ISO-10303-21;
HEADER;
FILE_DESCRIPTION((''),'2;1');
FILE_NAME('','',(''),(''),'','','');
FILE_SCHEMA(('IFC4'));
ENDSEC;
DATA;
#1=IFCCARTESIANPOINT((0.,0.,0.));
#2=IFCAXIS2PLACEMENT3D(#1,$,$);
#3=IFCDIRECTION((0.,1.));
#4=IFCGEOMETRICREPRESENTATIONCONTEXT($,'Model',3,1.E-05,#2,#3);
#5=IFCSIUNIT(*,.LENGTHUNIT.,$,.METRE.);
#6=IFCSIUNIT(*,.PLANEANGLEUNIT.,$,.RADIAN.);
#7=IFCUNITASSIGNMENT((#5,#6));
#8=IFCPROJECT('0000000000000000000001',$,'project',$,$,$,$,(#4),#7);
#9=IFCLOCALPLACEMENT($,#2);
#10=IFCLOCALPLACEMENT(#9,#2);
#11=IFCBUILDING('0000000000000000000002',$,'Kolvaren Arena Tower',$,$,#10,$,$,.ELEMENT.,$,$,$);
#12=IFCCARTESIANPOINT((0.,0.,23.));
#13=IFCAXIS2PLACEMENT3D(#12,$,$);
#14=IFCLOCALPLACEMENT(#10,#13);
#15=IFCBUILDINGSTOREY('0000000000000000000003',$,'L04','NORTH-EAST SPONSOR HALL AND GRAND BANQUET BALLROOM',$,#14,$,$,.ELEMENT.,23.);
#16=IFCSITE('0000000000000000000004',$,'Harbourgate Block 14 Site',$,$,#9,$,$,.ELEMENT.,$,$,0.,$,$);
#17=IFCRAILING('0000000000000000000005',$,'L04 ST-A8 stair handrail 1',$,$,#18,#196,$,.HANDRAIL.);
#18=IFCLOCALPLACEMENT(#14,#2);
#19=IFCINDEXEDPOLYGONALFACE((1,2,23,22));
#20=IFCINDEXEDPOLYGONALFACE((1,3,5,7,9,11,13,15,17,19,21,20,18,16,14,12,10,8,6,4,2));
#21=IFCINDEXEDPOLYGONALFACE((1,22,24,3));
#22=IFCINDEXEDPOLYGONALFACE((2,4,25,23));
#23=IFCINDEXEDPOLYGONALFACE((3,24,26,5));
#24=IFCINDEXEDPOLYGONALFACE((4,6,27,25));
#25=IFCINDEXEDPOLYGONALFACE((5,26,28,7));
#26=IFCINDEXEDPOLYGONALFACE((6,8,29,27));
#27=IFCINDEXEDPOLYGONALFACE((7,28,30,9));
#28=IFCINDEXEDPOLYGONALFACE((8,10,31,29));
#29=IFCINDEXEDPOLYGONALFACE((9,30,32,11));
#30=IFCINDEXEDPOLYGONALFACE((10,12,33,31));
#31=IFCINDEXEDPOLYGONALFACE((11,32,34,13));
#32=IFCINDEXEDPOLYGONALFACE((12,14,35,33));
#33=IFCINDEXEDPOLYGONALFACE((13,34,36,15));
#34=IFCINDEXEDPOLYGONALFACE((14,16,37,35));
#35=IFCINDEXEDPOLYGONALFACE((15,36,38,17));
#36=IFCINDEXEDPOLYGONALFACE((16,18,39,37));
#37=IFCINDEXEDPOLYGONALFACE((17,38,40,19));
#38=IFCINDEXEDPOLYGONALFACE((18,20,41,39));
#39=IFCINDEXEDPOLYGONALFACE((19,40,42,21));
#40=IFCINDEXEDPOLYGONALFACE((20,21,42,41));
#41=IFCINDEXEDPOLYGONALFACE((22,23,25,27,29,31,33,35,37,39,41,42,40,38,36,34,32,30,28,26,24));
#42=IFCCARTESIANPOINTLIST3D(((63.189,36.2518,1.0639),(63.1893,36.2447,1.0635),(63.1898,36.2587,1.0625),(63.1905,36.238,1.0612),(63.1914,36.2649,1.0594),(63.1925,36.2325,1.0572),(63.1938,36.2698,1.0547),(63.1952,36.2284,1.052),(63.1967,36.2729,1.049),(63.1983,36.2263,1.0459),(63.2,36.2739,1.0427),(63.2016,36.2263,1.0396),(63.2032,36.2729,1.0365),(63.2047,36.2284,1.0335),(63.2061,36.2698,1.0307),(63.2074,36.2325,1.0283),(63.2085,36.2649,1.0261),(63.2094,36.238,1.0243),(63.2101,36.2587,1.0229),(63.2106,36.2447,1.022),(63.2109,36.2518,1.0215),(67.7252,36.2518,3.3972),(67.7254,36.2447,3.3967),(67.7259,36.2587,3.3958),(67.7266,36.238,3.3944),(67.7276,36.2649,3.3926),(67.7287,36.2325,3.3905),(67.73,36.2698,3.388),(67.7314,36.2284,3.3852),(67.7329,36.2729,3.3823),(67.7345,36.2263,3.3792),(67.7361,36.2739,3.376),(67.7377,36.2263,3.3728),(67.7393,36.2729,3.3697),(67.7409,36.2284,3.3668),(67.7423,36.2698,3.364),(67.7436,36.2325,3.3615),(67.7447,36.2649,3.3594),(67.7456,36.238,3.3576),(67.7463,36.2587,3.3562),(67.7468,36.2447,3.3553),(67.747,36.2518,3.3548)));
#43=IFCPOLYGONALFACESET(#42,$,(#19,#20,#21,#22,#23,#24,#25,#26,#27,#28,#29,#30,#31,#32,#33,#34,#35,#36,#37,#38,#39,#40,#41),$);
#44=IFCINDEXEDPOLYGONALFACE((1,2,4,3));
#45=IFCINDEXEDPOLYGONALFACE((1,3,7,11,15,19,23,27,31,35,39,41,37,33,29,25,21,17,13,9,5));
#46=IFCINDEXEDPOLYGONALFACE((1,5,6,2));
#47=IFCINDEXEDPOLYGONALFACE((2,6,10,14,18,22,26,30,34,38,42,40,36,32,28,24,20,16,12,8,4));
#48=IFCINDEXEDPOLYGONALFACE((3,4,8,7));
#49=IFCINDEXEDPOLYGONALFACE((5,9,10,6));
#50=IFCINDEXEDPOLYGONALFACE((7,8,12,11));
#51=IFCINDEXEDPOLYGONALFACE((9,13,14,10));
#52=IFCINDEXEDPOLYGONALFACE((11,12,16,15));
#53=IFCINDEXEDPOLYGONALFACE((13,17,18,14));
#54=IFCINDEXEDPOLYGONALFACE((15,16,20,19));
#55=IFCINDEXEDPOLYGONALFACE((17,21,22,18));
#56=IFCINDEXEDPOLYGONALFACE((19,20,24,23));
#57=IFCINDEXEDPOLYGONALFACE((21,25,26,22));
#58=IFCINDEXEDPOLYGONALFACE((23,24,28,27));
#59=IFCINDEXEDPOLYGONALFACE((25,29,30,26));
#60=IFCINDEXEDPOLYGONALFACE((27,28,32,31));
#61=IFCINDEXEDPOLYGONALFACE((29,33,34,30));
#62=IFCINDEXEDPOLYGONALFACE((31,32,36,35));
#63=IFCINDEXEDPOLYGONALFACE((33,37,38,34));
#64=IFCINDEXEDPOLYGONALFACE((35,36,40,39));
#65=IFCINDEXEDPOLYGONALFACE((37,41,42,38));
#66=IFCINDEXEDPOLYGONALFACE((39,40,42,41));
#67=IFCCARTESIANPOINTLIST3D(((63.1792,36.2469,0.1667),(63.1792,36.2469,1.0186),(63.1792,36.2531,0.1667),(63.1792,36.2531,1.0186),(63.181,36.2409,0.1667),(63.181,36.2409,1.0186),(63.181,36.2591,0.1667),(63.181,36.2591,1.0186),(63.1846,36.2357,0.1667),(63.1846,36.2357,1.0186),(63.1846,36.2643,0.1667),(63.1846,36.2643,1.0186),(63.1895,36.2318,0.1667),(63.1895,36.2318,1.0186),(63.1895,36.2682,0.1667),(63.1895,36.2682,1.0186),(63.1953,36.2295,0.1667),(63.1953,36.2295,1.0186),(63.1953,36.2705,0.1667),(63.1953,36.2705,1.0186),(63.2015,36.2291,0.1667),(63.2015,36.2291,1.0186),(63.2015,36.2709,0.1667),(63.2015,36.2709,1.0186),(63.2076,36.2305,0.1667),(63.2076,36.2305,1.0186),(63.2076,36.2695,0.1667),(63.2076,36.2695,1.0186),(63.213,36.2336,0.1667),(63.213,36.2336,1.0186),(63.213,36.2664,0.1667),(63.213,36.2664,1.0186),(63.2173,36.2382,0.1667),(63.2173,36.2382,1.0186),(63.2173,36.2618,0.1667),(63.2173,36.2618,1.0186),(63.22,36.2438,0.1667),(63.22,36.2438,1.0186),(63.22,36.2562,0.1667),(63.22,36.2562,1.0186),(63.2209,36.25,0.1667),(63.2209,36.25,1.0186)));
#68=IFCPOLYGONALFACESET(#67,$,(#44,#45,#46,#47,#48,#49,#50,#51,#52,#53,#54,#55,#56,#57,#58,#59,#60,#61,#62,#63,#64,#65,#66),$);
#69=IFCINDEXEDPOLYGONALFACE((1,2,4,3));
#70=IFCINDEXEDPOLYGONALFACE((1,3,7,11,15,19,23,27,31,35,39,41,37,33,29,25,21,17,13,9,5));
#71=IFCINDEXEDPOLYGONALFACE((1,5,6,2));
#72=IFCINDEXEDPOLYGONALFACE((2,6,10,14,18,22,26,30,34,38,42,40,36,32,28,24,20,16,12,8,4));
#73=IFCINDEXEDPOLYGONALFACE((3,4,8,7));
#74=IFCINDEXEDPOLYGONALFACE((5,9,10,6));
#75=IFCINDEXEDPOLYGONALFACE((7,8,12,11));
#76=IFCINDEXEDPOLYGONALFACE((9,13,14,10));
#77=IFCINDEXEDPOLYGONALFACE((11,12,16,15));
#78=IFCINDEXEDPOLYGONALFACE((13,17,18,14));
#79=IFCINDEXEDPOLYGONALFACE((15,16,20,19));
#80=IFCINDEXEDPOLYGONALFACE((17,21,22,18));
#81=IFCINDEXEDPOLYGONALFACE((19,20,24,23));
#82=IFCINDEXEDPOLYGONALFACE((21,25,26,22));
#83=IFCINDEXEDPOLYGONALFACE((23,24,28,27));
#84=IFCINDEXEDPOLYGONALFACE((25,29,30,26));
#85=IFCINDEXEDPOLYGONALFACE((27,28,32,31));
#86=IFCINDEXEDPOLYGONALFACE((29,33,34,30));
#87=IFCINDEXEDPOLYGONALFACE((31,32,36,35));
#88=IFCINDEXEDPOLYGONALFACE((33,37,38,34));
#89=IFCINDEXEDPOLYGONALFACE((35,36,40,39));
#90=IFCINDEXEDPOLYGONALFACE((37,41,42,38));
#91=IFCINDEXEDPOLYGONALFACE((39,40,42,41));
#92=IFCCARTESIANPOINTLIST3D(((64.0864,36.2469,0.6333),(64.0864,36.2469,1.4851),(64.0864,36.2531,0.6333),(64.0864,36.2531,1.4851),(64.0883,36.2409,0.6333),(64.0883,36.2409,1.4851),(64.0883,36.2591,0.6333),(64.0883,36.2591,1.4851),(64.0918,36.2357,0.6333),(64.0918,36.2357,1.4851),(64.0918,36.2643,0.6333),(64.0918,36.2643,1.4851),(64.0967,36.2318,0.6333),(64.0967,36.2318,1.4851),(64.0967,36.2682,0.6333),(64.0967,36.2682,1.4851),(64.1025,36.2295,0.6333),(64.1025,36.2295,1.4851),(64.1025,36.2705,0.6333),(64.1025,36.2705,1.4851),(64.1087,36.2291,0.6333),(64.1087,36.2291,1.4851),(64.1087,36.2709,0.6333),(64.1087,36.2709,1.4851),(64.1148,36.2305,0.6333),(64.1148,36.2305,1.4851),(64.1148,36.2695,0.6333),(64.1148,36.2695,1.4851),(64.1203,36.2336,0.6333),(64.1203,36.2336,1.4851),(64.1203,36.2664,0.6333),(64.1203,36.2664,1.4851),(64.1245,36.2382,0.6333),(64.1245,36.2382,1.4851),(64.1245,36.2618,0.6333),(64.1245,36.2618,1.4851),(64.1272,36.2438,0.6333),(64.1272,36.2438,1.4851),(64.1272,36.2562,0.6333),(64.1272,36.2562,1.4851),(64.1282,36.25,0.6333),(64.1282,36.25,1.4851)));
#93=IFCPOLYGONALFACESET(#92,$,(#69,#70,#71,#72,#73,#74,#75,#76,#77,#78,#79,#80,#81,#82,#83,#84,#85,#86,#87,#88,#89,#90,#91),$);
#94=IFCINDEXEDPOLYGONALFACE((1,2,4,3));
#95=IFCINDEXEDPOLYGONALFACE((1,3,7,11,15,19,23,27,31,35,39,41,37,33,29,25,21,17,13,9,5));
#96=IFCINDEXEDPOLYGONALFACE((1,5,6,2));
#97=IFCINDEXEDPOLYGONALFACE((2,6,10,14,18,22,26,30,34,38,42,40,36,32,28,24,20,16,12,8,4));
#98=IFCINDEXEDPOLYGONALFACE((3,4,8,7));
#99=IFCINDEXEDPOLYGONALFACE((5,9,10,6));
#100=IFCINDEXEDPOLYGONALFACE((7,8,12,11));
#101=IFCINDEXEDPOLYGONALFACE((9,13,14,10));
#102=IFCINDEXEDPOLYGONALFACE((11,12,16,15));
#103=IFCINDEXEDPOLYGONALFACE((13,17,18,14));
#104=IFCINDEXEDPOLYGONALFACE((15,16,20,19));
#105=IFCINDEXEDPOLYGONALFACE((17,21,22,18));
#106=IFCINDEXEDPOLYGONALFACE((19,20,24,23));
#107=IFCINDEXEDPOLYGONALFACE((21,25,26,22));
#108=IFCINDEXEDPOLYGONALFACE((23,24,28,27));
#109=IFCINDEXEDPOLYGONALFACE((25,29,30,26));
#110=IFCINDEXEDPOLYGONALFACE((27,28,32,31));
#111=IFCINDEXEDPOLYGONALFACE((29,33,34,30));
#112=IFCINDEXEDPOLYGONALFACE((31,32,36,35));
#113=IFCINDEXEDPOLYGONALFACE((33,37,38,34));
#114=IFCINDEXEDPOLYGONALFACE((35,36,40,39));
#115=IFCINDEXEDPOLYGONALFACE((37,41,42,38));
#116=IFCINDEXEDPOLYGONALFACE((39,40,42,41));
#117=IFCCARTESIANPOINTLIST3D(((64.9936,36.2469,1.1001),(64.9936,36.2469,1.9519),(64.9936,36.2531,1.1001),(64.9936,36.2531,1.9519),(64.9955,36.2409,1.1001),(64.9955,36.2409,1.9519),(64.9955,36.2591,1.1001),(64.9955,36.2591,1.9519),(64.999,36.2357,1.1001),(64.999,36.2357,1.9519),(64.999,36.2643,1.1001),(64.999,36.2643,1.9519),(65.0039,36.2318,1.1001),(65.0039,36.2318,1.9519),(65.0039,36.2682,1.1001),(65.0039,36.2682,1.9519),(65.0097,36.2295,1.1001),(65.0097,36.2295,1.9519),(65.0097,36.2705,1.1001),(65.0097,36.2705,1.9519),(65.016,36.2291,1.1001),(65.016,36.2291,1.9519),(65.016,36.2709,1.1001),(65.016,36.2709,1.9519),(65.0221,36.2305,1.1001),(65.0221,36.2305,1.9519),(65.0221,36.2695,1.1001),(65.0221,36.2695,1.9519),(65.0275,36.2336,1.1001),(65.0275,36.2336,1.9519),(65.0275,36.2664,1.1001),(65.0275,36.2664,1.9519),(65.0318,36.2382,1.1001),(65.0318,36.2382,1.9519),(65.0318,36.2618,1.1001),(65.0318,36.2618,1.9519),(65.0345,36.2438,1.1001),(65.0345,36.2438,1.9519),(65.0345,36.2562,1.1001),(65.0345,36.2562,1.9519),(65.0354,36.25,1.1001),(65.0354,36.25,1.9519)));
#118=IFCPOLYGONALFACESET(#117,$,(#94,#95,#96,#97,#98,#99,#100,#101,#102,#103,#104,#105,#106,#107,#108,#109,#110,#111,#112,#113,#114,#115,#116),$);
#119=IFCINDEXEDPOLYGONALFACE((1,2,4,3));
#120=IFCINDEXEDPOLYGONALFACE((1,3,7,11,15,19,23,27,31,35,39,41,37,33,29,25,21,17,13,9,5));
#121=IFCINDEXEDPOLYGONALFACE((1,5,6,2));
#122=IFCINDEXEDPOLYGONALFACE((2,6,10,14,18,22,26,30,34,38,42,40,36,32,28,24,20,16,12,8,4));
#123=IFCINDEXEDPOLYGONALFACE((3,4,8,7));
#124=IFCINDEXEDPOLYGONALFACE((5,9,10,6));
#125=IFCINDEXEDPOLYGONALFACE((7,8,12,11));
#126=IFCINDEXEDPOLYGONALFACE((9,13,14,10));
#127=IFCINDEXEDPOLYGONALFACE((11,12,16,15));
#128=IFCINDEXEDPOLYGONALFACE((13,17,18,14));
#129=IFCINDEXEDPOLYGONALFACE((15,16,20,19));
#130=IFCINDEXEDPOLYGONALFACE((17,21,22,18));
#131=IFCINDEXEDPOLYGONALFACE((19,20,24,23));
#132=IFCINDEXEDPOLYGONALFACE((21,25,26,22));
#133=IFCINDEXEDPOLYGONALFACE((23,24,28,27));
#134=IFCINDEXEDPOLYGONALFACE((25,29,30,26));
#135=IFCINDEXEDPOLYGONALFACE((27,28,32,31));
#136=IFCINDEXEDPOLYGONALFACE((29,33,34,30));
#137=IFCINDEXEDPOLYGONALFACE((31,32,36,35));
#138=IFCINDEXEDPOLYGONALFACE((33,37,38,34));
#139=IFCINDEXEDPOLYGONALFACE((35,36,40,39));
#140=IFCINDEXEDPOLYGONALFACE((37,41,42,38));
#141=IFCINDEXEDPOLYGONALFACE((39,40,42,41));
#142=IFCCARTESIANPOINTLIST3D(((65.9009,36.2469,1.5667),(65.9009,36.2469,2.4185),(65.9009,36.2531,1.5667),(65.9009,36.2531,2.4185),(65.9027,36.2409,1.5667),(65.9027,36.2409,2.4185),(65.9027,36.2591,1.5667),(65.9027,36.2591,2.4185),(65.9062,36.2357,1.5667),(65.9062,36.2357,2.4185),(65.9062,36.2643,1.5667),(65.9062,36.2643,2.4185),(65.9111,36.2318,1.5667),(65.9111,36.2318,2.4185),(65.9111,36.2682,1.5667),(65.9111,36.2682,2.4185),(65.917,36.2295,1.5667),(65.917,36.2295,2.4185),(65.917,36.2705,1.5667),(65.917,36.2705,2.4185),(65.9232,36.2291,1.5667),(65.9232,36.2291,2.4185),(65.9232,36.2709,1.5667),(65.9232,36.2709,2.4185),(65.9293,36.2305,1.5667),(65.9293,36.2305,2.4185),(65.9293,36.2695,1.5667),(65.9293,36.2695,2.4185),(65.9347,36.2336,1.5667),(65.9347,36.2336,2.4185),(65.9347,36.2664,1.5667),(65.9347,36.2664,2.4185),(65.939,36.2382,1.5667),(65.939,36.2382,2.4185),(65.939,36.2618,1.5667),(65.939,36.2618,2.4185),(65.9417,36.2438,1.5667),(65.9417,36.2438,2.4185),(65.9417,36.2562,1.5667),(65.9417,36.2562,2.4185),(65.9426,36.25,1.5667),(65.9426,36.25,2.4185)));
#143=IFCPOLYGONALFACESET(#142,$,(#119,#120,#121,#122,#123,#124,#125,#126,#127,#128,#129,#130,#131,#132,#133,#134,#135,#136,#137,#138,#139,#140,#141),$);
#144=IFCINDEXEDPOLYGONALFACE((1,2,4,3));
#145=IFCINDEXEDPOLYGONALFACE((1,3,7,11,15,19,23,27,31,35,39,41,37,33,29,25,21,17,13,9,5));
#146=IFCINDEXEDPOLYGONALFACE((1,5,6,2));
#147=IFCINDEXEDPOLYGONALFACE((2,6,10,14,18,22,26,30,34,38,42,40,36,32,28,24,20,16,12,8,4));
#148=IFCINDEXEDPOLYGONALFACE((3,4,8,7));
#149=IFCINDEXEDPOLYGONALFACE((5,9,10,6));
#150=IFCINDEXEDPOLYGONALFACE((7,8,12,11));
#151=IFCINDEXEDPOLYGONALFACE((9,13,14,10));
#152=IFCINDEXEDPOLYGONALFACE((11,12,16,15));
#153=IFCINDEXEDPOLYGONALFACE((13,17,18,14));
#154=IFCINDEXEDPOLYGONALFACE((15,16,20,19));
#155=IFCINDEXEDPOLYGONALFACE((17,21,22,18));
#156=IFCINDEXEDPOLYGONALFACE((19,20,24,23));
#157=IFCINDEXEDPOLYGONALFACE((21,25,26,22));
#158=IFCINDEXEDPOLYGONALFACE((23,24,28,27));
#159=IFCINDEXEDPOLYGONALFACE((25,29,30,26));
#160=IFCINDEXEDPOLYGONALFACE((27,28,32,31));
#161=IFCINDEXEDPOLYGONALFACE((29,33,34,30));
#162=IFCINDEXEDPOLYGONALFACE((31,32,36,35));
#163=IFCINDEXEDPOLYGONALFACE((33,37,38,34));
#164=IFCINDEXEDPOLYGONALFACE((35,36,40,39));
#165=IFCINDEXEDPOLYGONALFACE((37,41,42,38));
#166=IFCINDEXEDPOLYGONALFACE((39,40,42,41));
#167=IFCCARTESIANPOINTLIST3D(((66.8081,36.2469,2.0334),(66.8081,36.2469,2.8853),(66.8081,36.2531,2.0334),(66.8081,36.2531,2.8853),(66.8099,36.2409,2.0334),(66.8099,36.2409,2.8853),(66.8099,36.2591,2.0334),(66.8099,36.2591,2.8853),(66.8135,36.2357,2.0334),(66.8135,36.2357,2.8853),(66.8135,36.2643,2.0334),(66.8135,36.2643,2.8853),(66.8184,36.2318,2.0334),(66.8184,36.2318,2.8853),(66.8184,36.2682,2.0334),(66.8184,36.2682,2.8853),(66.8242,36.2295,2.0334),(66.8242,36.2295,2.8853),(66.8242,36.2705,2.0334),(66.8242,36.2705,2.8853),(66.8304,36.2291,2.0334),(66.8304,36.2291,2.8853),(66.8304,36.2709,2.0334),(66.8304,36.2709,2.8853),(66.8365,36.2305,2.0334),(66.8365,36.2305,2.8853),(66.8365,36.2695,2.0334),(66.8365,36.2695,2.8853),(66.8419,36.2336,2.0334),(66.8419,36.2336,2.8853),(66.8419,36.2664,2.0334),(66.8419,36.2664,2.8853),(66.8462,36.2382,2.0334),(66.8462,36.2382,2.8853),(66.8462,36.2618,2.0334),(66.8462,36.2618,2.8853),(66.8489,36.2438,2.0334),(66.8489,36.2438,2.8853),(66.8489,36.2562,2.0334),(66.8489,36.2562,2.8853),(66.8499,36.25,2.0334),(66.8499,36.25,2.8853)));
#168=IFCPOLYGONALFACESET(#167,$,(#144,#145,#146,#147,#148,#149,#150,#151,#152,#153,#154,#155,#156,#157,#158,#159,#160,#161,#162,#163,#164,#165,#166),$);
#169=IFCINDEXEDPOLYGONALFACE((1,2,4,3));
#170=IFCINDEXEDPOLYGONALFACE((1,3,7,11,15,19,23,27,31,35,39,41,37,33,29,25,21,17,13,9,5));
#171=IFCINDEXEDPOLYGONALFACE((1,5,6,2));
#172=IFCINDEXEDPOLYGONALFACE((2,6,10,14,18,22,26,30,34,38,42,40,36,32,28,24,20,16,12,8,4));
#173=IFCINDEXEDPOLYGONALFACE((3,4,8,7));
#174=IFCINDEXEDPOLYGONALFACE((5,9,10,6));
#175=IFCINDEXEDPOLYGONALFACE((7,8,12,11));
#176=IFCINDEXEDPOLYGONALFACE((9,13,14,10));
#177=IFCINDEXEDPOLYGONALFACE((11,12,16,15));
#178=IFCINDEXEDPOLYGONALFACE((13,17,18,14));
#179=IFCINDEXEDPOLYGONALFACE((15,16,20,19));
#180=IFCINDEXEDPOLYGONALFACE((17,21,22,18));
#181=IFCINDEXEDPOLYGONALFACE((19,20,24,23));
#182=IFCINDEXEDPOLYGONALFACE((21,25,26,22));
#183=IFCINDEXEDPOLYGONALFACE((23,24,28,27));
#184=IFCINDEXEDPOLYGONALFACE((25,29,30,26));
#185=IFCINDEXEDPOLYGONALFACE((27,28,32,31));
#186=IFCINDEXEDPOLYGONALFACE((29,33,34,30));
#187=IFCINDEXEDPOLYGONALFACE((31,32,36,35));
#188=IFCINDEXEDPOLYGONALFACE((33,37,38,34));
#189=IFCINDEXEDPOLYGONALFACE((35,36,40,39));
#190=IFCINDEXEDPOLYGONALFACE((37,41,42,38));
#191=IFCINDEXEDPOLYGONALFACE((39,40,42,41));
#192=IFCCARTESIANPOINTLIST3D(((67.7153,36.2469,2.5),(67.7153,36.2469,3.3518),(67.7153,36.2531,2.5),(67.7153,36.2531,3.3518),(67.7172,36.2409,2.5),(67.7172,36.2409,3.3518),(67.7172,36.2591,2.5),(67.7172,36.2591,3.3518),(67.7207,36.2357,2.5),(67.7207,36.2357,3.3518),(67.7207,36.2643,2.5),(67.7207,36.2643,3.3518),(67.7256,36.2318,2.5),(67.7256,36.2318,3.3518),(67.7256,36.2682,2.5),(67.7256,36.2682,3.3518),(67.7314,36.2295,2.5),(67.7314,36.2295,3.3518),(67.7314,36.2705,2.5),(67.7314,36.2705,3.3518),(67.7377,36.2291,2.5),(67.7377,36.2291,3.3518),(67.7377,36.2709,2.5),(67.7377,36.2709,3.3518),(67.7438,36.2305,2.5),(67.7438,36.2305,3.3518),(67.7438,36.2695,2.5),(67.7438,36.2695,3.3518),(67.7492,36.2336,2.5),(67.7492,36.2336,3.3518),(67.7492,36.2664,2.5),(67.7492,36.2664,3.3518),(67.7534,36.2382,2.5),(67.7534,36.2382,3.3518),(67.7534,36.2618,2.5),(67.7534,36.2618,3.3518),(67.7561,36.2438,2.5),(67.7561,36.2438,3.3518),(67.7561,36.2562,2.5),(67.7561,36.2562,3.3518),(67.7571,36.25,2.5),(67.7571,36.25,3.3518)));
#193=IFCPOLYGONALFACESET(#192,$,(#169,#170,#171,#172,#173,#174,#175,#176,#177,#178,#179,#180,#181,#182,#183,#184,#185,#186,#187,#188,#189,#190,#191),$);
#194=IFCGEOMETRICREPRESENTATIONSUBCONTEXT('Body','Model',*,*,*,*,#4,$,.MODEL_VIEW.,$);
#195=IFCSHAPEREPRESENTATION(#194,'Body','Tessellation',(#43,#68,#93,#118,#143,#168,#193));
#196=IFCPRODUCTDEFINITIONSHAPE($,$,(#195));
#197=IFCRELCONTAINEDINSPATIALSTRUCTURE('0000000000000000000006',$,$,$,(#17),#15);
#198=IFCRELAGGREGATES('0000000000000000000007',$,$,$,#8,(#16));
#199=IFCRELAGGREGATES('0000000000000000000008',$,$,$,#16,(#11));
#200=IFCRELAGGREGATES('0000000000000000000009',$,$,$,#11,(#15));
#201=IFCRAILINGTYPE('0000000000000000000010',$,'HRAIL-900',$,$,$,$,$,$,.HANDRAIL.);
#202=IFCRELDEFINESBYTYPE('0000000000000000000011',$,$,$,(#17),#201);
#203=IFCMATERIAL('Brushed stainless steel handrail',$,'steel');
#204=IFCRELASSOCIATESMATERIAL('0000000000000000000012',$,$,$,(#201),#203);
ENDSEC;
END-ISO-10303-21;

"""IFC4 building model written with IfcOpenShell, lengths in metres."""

from ifc_helpers import new_model, si_unit, direction, frame, origin, origin_2d, place, context, subcontext, project, spatial, circle, extrude, material, type_object, element, save


model = new_model("IFC4")

# Units and contexts
model_context = context("Model", 3, precision=1e-05, world=origin(), true_north=direction((0.0, 1.0)))
body_context = subcontext(model_context, "Body", "Model", "MODEL_VIEW")
ifc_project = project(units=[si_unit("LENGTHUNIT", "METRE"), si_unit("PLANEANGLEUNIT", "RADIAN")], contexts=[model_context])

# Site, building, storey
site_placement = place(None, origin())
site = spatial("IfcSite", under=ifc_project, at=site_placement, Name="Harbourgate Block 14 Site", CompositionType="ELEMENT", RefElevation=0.0)
building_placement = place(site_placement, origin())
building = spatial("IfcBuilding", under=site, at=building_placement, Name="Kolvaren Arena Tower", CompositionType="ELEMENT")
storey_placement = place(building_placement, frame((0.0, 0.0, 23.0)))
storey = spatial("IfcBuildingStorey", under=building, at=storey_placement, Name="L04", Description="NORTH-EAST SPONSOR HALL AND GRAND BANQUET BALLROOM", CompositionType="ELEMENT", Elevation=23.0)

# Railing
ifc_material_1 = material(Name="Brushed stainless steel handrail", Category="steel")
railing_type_1 = type_object("IfcRailingType", Name="HRAIL-900", PredefinedType="HANDRAIL", material=ifc_material_1)
railing_1_placement = place(storey_placement, frame((63.2, 36.25, 0.1667)))
element("IfcRailing", 1, at=railing_1_placement, inside=storey, type_object=railing_type_1, Name="L04 ST-A8 stair handrail 1", PredefinedType="HANDRAIL", context=body_context, shape_type="SweptSolid", body=[
    extrude(circle(Radius=0.0239, at=origin_2d()), frame((0.0, 0.0, 0.876), z_axis=(0.889257, 0.0, 0.457407), x_axis=(0.0, 1.0, 0.0)), (0.0, 0.0, 1.0), 5.1011),
    extrude(circle(Radius=0.021, at=origin_2d()), origin(), (0.0, 0.0, 1.0), 0.8518),
    extrude(circle(Radius=0.021, at=origin_2d()), frame((0.9072, 0.0, 0.4666)), (0.0, 0.0, 1.0), 0.8518),
    extrude(circle(Radius=0.021, at=origin_2d()), frame((1.8145, 0.0, 0.9333)), (0.0, 0.0, 1.0), 0.8518),
    extrude(circle(Radius=0.021, at=origin_2d()), frame((2.7217, 0.0, 1.3999)), (0.0, 0.0, 1.0), 0.8518),
    extrude(circle(Radius=0.021, at=origin_2d()), frame((3.6289, 0.0, 1.8667)), (0.0, 0.0, 1.0), 0.8518),
    extrude(circle(Radius=0.021, at=origin_2d()), frame((4.5361, 0.0, 2.3333)), (0.0, 0.0, 1.0), 0.8518),
])

save(model, "model.ifc")
